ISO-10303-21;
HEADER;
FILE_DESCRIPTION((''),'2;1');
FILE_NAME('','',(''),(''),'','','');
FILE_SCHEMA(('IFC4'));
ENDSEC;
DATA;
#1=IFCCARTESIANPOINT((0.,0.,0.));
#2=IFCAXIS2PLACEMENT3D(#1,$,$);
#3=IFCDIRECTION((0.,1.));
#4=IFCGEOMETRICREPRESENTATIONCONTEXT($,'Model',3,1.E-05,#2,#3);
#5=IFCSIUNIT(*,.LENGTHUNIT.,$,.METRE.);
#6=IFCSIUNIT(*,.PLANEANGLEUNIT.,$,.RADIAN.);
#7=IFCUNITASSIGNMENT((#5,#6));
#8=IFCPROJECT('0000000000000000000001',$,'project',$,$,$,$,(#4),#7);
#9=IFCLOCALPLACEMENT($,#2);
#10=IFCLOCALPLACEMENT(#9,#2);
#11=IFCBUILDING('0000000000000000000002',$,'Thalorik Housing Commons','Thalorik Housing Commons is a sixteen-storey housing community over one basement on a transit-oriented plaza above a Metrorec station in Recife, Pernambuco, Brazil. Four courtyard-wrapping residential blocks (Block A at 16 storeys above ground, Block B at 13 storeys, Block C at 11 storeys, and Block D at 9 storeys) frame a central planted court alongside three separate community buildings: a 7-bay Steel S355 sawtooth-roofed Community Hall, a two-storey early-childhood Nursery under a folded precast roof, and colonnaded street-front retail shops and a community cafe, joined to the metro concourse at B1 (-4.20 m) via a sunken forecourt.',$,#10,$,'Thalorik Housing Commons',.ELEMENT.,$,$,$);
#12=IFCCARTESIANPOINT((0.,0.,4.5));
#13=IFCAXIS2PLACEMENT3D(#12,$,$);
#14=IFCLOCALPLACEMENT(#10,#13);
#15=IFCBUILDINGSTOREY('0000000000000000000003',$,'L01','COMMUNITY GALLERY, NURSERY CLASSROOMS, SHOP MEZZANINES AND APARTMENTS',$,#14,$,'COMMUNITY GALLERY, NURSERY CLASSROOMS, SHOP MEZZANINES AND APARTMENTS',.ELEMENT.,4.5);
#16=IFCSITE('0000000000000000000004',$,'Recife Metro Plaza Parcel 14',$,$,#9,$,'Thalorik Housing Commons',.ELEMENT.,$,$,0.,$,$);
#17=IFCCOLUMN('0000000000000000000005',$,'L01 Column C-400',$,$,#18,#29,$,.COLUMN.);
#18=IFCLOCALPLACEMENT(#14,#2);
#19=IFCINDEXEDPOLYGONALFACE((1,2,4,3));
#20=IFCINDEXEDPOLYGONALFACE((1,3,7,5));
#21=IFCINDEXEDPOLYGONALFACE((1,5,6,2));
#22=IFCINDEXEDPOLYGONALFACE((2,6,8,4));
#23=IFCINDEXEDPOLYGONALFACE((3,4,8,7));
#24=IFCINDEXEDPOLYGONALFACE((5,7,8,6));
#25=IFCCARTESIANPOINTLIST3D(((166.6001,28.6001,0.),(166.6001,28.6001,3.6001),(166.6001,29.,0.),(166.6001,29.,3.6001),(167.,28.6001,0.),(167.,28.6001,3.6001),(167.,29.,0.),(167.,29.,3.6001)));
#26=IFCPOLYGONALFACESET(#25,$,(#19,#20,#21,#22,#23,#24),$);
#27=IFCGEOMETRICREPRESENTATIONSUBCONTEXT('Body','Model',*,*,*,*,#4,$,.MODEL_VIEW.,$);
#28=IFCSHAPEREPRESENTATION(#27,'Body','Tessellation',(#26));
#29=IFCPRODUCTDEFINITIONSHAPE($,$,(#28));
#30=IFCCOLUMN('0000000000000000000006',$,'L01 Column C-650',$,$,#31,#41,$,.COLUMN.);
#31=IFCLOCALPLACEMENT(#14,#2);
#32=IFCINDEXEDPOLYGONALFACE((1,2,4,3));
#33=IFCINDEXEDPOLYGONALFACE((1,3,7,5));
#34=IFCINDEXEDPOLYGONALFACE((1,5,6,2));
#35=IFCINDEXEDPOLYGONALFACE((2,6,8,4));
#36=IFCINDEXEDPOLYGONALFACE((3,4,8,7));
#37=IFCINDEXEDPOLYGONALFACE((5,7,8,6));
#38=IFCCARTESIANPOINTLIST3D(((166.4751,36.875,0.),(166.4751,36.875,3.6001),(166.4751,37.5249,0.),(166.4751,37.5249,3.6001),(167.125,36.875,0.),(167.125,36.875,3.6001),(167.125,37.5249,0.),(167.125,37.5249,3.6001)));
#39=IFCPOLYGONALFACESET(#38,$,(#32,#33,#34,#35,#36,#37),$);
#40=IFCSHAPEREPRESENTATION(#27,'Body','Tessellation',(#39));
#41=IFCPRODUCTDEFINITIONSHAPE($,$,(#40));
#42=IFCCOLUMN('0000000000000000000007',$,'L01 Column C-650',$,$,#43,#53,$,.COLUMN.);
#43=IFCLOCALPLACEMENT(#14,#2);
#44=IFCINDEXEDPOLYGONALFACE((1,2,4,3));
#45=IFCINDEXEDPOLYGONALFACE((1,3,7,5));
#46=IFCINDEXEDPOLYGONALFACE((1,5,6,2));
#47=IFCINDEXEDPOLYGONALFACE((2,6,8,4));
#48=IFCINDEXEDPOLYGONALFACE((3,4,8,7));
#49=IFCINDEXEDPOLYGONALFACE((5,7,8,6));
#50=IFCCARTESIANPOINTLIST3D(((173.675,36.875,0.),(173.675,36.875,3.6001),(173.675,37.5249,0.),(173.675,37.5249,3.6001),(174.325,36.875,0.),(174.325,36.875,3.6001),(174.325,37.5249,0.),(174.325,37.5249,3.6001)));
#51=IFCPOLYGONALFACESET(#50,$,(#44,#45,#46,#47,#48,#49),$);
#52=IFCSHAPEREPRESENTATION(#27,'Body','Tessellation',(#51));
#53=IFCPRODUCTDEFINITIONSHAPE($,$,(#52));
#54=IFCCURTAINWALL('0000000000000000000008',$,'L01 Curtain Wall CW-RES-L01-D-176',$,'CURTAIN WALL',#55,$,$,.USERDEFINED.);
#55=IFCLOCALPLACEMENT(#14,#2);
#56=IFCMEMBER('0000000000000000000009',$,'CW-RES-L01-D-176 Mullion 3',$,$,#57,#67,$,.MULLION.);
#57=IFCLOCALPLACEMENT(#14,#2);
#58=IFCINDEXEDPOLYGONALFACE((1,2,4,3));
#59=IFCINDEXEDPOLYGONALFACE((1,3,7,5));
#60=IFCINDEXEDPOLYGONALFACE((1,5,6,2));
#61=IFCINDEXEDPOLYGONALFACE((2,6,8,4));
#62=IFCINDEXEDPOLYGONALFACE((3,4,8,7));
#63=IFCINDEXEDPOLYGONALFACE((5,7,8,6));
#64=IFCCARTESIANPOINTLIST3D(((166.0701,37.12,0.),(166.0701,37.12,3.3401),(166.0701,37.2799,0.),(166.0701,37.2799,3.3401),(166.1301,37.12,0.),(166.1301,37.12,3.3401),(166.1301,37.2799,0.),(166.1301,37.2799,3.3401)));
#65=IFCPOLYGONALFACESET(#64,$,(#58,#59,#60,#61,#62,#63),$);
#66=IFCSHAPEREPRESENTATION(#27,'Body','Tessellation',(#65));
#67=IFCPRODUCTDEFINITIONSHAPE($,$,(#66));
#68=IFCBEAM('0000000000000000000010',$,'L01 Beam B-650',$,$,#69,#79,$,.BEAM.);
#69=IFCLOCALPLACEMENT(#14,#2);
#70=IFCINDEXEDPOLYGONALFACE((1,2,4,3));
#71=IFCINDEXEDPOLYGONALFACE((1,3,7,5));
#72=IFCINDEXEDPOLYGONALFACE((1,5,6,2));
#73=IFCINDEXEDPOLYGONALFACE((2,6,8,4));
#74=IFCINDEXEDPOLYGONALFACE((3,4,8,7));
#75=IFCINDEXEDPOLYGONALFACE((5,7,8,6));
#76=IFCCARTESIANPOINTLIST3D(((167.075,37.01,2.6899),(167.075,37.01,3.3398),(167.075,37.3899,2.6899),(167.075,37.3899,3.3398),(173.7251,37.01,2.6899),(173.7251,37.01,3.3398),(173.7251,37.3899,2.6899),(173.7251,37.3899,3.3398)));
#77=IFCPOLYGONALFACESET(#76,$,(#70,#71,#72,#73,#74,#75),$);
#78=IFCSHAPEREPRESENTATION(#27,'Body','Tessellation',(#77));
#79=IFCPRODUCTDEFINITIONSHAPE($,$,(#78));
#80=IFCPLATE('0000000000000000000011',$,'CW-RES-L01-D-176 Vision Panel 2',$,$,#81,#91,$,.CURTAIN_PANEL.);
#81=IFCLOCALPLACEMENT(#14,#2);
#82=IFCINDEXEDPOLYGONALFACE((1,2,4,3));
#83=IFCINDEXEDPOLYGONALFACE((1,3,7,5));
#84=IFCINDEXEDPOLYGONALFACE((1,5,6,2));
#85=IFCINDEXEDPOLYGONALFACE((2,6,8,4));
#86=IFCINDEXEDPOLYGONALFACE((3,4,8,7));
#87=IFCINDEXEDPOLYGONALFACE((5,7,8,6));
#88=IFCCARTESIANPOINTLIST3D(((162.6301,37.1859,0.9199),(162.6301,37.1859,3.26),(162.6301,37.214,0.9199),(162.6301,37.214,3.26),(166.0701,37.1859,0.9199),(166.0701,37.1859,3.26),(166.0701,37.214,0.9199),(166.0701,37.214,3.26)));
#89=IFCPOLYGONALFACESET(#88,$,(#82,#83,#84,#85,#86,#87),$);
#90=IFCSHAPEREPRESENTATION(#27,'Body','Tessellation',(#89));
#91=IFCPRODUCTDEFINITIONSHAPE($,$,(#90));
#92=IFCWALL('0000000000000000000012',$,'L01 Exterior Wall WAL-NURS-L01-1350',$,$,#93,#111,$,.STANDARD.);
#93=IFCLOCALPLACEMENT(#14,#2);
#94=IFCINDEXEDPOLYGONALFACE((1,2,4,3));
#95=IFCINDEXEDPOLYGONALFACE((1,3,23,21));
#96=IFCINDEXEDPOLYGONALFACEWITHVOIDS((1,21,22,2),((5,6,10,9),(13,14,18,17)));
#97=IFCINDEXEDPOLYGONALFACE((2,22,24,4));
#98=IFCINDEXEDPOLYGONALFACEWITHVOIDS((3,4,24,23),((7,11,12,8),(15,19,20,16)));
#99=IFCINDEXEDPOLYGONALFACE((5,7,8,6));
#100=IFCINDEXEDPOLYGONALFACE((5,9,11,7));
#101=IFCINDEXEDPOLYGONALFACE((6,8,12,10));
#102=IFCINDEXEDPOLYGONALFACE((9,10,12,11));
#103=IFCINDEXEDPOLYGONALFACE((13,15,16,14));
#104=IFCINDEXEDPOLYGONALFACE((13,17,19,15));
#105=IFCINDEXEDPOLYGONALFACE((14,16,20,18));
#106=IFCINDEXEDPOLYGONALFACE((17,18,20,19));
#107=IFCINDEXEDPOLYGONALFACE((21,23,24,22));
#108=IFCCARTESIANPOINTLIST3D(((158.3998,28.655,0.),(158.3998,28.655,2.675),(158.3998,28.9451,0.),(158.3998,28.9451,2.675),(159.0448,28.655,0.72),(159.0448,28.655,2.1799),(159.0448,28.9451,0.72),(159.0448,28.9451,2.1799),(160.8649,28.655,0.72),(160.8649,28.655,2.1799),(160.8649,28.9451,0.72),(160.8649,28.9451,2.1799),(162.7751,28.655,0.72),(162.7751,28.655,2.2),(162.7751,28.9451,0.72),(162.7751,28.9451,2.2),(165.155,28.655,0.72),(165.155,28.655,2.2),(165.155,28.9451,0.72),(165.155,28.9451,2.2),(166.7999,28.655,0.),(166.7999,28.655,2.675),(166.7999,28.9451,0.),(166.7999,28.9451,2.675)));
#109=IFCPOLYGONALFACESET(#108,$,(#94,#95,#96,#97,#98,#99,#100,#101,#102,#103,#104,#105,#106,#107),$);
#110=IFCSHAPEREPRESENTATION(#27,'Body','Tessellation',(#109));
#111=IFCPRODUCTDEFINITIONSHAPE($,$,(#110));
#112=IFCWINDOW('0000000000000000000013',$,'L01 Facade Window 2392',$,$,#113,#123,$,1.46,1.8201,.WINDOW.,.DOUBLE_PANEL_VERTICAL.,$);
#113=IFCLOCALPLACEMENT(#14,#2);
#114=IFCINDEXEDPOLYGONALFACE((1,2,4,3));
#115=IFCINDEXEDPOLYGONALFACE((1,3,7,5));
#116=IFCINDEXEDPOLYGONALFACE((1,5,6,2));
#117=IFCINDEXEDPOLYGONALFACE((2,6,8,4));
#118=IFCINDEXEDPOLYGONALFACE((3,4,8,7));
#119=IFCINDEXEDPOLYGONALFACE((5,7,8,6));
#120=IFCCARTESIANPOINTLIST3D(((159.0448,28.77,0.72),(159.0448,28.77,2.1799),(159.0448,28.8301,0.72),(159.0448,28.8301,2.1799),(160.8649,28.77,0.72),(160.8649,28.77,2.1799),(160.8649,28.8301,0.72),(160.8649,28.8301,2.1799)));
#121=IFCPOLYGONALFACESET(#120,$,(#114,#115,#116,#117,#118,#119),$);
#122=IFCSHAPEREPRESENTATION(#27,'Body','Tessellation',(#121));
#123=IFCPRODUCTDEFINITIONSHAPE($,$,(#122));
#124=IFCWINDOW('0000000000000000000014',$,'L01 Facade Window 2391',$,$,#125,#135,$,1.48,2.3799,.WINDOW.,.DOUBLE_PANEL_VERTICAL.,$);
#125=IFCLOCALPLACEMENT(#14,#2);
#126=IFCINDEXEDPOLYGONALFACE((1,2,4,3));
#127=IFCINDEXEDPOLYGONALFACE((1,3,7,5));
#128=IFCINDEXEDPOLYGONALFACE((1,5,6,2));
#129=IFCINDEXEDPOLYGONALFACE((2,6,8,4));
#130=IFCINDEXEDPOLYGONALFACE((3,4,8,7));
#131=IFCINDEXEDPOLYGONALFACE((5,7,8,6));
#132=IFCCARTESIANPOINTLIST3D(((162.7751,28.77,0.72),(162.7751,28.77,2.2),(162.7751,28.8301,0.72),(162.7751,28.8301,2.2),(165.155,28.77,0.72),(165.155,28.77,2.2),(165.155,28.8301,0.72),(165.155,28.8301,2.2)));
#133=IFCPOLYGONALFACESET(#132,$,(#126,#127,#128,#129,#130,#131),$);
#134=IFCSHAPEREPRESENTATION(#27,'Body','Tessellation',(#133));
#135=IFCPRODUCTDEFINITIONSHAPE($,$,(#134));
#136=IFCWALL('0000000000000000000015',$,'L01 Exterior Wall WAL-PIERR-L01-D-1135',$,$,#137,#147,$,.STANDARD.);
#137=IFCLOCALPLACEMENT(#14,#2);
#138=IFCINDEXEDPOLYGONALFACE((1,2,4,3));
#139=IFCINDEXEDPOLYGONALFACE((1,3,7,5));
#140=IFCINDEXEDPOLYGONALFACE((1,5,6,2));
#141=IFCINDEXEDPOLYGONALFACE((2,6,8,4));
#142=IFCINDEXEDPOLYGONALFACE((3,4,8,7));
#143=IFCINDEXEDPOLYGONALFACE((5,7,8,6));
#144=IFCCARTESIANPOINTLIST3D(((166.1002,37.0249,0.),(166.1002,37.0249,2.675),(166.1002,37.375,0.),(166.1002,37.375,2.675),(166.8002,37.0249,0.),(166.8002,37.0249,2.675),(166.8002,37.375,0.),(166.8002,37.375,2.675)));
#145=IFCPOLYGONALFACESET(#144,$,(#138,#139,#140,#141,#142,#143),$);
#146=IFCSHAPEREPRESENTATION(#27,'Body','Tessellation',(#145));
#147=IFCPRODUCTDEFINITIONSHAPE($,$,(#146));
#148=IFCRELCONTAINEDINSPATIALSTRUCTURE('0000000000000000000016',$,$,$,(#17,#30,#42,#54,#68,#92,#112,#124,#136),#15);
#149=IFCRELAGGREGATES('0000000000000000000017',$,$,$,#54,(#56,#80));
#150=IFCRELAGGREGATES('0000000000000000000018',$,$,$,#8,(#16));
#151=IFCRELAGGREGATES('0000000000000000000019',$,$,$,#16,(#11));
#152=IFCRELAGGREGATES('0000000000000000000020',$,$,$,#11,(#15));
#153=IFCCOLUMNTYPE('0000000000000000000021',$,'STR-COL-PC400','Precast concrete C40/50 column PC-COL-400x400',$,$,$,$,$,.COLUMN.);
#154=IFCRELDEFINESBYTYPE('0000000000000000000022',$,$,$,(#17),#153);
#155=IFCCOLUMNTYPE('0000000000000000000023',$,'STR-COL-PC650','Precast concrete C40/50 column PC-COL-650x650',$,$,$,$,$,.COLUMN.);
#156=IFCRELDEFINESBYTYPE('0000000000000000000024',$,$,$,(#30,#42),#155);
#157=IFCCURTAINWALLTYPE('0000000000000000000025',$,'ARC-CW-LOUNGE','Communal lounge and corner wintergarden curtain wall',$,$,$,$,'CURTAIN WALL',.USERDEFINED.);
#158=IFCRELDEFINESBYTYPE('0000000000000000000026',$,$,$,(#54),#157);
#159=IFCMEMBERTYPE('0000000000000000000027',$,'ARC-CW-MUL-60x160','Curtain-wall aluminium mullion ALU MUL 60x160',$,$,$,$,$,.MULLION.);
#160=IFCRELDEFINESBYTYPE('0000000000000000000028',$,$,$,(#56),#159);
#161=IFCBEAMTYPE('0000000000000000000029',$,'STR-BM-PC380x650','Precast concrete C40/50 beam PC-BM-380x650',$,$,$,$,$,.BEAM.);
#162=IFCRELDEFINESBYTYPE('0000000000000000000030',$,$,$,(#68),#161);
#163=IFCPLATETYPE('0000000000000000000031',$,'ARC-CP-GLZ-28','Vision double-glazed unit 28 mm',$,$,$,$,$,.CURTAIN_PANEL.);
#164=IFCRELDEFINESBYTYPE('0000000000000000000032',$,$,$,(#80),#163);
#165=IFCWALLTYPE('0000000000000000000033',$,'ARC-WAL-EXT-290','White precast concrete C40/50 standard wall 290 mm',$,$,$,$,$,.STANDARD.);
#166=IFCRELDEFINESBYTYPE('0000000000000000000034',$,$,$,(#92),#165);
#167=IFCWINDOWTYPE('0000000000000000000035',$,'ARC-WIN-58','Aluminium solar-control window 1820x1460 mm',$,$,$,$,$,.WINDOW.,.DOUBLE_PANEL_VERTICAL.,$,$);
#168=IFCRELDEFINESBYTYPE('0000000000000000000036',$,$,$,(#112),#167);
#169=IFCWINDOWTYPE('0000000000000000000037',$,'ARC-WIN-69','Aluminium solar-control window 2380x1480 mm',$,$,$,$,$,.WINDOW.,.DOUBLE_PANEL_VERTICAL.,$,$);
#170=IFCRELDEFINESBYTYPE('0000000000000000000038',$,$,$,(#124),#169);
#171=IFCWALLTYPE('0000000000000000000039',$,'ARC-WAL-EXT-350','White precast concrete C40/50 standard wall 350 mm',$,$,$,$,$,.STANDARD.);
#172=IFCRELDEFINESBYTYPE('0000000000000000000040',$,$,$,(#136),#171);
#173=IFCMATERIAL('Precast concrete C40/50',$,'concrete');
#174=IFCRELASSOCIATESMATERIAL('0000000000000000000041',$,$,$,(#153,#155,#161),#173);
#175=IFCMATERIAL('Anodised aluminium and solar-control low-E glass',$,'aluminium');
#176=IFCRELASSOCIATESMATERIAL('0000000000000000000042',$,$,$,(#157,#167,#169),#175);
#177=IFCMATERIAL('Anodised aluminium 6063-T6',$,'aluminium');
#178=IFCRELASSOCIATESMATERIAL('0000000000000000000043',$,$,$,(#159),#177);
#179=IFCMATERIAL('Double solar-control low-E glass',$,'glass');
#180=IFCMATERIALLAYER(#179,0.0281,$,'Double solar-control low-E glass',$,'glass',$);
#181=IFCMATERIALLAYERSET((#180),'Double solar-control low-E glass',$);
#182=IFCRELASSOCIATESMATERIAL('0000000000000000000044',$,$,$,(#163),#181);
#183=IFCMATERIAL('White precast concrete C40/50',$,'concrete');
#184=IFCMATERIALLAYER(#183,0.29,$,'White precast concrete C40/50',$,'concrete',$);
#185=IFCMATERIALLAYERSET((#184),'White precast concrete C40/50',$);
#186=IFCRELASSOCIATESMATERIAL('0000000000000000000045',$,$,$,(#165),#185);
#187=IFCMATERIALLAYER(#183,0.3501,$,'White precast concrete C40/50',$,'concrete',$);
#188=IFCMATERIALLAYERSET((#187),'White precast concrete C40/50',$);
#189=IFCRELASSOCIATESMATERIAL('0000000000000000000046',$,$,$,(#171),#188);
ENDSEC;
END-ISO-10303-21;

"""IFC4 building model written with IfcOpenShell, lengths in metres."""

from ifc_helpers import new_model, si_unit, direction, frame, frame_2d, origin, origin_2d, place, context, subcontext, project, spatial, rectangle, extrude, material, layer, layer_set, material_profile, profile_set, type_object, element, fill, aggregate, save


model = new_model("IFC4")

# Units and contexts
model_context = context("Model", 3, precision=1e-05, world=origin(), true_north=direction((0.0, 1.0)))
body_context = subcontext(model_context, "Body", "Model", "MODEL_VIEW")
ifc_project = project(units=[si_unit("LENGTHUNIT", "METRE"), si_unit("PLANEANGLEUNIT", "RADIAN")], contexts=[model_context])

# Site, building, storey
site_placement = place(None, origin())
site = spatial("IfcSite", under=ifc_project, at=site_placement, Name="Recife Metro Plaza Parcel 14", LongName="Thalorik Housing Commons", CompositionType="ELEMENT", RefElevation=0.0)
building_placement = place(site_placement, origin())
building = spatial("IfcBuilding", under=site, at=building_placement, Name="Thalorik Housing Commons", Description="Thalorik Housing Commons is a sixteen-storey housing community over one basement on a transit-oriented plaza above a Metrorec station in Recife, Pernambuco, Brazil. Four courtyard-wrapping residential blocks (Block A at 16 storeys above ground, Block B at 13 storeys, Block C at 11 storeys, and Block D at 9 storeys) frame a central planted court alongside three separate community buildings: a 7-bay Steel S355 sawtooth-roofed Community Hall, a two-storey early-childhood Nursery under a folded precast roof, and colonnaded street-front retail shops and a community cafe, joined to the metro concourse at B1 (-4.20 m) via a sunken forecourt.", LongName="Thalorik Housing Commons", CompositionType="ELEMENT")
storey_placement = place(building_placement, frame((0.0, 0.0, 4.5)))
storey = spatial("IfcBuildingStorey", under=building, at=storey_placement, Name="L01", Description="COMMUNITY GALLERY, NURSERY CLASSROOMS, SHOP MEZZANINES AND APARTMENTS", LongName="COMMUNITY GALLERY, NURSERY CLASSROOMS, SHOP MEZZANINES AND APARTMENTS", CompositionType="ELEMENT", Elevation=4.5)

# Columns
ifc_material_1 = material(Name="Precast concrete C40/50", Category="concrete")
ifc_material_profile_1 = material_profile(ifc_material_1, rectangle(XDim=0.3999, YDim=0.3999, at=origin_2d()), Name="PC 400x400", Category="concrete")
ifc_profile_set_1 = profile_set([ifc_material_profile_1], Name="Precast concrete C40/50")
column_type_1 = type_object("IfcColumnType", Name="STR-COL-PC400", Description="Precast concrete C40/50 column PC-COL-400x400", PredefinedType="COLUMN", material=ifc_profile_set_1)
column_placement = place(storey_placement, frame((166.8, 28.8, 0.0), z_axis=(0.0, 0.0, 1.0), x_axis=(1.0, 0.0, 0.0)))
element("IfcColumn", 1, at=column_placement, inside=storey, type_object=column_type_1, Name="L01 Column C-400", PredefinedType="COLUMN", context=body_context, shape_type="SweptSolid", body=[
    extrude(rectangle(XDim=0.3999, YDim=0.3999, at=origin_2d()), origin(), (0.0, 0.0, 1.0), 3.6001),
])
ifc_material_profile_2 = material_profile(ifc_material_1, rectangle(XDim=0.6499, YDim=0.6499, at=origin_2d()), Name="PC 650x650", Category="concrete")
ifc_profile_set_2 = profile_set([ifc_material_profile_2], Name="Precast concrete C40/50")
column_type_2 = type_object("IfcColumnType", Name="STR-COL-PC650", Description="Precast concrete C40/50 column PC-COL-650x650", PredefinedType="COLUMN", material=ifc_profile_set_2)
for number, where, z_axis, x_axis, name in (
    (2, (166.8, 37.2, 0.0), (0.0, 0.0, 1.0), (1.0, 0.0, 0.0), "L01 Column C-650"),
    (3, (174.0, 37.2, 0.0), (0.0, 0.0, 1.0), (1.0, 0.0, 0.0), "L01 Column C-650"),
):
    element("IfcColumn", number, at=place(storey_placement, frame(where, z_axis=z_axis, x_axis=x_axis)), inside=storey, type_object=column_type_2, Name=name, PredefinedType="COLUMN", context=body_context, shape_type="SweptSolid", body=[
        extrude(rectangle(XDim=0.6499, YDim=0.6499, at=origin_2d()), origin(), (0.0, 0.0, 1.0), 3.6001),
    ])

# Curtain wall, member
ifc_material_2 = material(Name="Anodised aluminium and solar-control low-E glass", Category="aluminium")
curtain_wall_type = type_object("IfcCurtainWallType", Name="ARC-CW-LOUNGE", Description="Communal lounge and corner wintergarden curtain wall", ElementType="CURTAIN WALL", PredefinedType="USERDEFINED", material=ifc_material_2)
curtain_wall_placement = place(storey_placement, origin())
curtain_wall = element("IfcCurtainWall", 4, at=curtain_wall_placement, inside=storey, type_object=curtain_wall_type, Name="L01 Curtain Wall CW-RES-L01-D-176", ObjectType="CURTAIN WALL", PredefinedType="USERDEFINED")
ifc_material_3 = material(Name="Anodised aluminium 6063-T6", Category="aluminium")
ifc_material_profile_3 = material_profile(ifc_material_3, rectangle(XDim=0.0601, YDim=0.1599, at=origin_2d()), Name="ALU MUL 60x160", Category="aluminium")
ifc_profile_set_3 = profile_set([ifc_material_profile_3], Name="Anodised aluminium 6063-T6")
member_type = type_object("IfcMemberType", Name="ARC-CW-MUL-60x160", Description="Curtain-wall aluminium mullion ALU MUL 60x160", PredefinedType="MULLION", material=ifc_profile_set_3)
member_placement = place(storey_placement, frame((166.1001, 37.2, 0.0), z_axis=(0.0, 0.0, 1.0), x_axis=(1.0, 0.0, 0.0)))
member = element("IfcMember", 5, at=member_placement, type_object=member_type, Name="CW-RES-L01-D-176 Mullion 3", PredefinedType="MULLION", context=body_context, shape_type="SweptSolid", body=[
    extrude(rectangle(XDim=0.0601, YDim=0.1599, at=origin_2d()), origin(), (0.0, 0.0, 1.0), 3.3401),
])

# Beam
ifc_material_profile_4 = material_profile(ifc_material_1, rectangle(XDim=0.3799, YDim=0.6499, at=origin_2d()), Name="PC 380x650", Category="concrete")
ifc_profile_set_4 = profile_set([ifc_material_profile_4], Name="Precast concrete C40/50")
beam_type = type_object("IfcBeamType", Name="STR-BM-PC380x650", Description="Precast concrete C40/50 beam PC-BM-380x650", PredefinedType="BEAM", material=ifc_profile_set_4)
beam_placement = place(storey_placement, frame((167.075, 37.2, 3.0149), z_axis=(1.0, 0.0, 0.0), x_axis=(0.0, 1.0, 0.0)))
element("IfcBeam", 6, at=beam_placement, inside=storey, type_object=beam_type, Name="L01 Beam B-650", PredefinedType="BEAM", context=body_context, shape_type="SweptSolid", body=[
    extrude(rectangle(XDim=0.3799, YDim=0.6499, at=origin_2d()), origin(), (0.0, 0.0, 1.0), 6.6501),
])

# Plate
ifc_material_4 = material(Name="Double solar-control low-E glass", Category="glass")
ifc_layer_1 = layer(ifc_material_4, 0.0281, Name="Double solar-control low-E glass", Category="glass")
ifc_layer_set_1 = layer_set([ifc_layer_1], Name="Double solar-control low-E glass")
plate_type = type_object("IfcPlateType", Name="ARC-CP-GLZ-28", Description="Vision double-glazed unit 28 mm", PredefinedType="CURTAIN_PANEL", material=ifc_layer_set_1)
plate_placement = place(storey_placement, frame((164.3501, 37.2, 0.9199), z_axis=(0.0, 0.0, 1.0), x_axis=(1.0, 0.0, 0.0)))
plate = element("IfcPlate", 7, at=plate_placement, type_object=plate_type, Name="CW-RES-L01-D-176 Vision Panel 2", PredefinedType="CURTAIN_PANEL", context=body_context, shape_type="SweptSolid", body=[
    extrude(rectangle(XDim=3.4399, YDim=0.0281, at=origin_2d()), origin(), (0.0, 0.0, 1.0), 2.3401),
])
aggregate(curtain_wall, [member, plate])

# Wall, openings, windows
ifc_material_5 = material(Name="White precast concrete C40/50", Category="concrete")
ifc_layer_2 = layer(ifc_material_5, 0.29, Name="White precast concrete C40/50", Category="concrete")
ifc_layer_set_2 = layer_set([ifc_layer_2], Name="White precast concrete C40/50")
wall_type_1 = type_object("IfcWallType", Name="ARC-WAL-EXT-290", Description="White precast concrete C40/50 standard wall 290 mm", PredefinedType="STANDARD", material=ifc_layer_set_2)
wall_1_placement = place(storey_placement, frame((166.8, 28.8, 0.0), z_axis=(0.0, 0.0, 1.0), x_axis=(-1.0, 0.0, 0.0)))
wall_1 = element("IfcWall", 8, at=wall_1_placement, inside=storey, type_object=wall_type_1, Name="L01 Exterior Wall WAL-NURS-L01-1350", PredefinedType="STANDARD", context=body_context, shape_type="SweptSolid", body=[
    extrude(rectangle(XDim=8.4001, YDim=0.29, at=frame_2d((4.2002, 0.0))), origin(), (0.0, 0.0, 1.0), 2.675),
])
opening_1_placement = place(wall_1_placement, frame((1.645, 0.0, 0.72)))
opening_1 = element("IfcOpeningElement", 9, at=opening_1_placement, cuts=wall_1, PredefinedType="OPENING", context=body_context, shape_type="SweptSolid", body=[
    extrude(rectangle(XDim=2.3799, YDim=1.48, at=frame_2d((1.1899, 0.74))), frame((0.0, 0.155, 0.0), z_axis=(0.0, -1.0, 0.0), x_axis=(1.0, 0.0, 0.0)), (0.0, 0.0, 1.0), 0.3101),
])
opening_2_placement = place(wall_1_placement, frame((5.9351, 0.0, 0.72)))
opening_2 = element("IfcOpeningElement", 10, at=opening_2_placement, cuts=wall_1, PredefinedType="OPENING", context=body_context, shape_type="SweptSolid", body=[
    extrude(rectangle(XDim=1.8201, YDim=1.46, at=frame_2d((0.9102, 0.73))), frame((0.0, 0.155, 0.0), z_axis=(0.0, -1.0, 0.0), x_axis=(1.0, 0.0, 0.0)), (0.0, 0.0, 1.0), 0.3101),
])
window_type_1 = type_object("IfcWindowType", Name="ARC-WIN-58", Description="Aluminium solar-control window 1820x1460 mm", PartitioningType="DOUBLE_PANEL_VERTICAL", PredefinedType="WINDOW", material=ifc_material_2)
window_1_placement = place(opening_2_placement, origin())
window_1 = element("IfcWindow", 11, at=window_1_placement, inside=storey, type_object=window_type_1, Name="L01 Facade Window 2392", OverallHeight=1.46, OverallWidth=1.8201, PartitioningType="DOUBLE_PANEL_VERTICAL", PredefinedType="WINDOW", context=body_context, shape_type="SweptSolid", body=[
    extrude(rectangle(XDim=1.8201, YDim=1.46, at=frame_2d((0.9102, 0.73))), frame((0.0, 0.03, 0.0), z_axis=(0.0, -1.0, 0.0), x_axis=(1.0, 0.0, 0.0)), (0.0, 0.0, 1.0), 0.0601),
])
fill(opening_2, window_1)
window_type_2 = type_object("IfcWindowType", Name="ARC-WIN-69", Description="Aluminium solar-control window 2380x1480 mm", PartitioningType="DOUBLE_PANEL_VERTICAL", PredefinedType="WINDOW", material=ifc_material_2)
window_2_placement = place(opening_1_placement, origin())
window_2 = element("IfcWindow", 12, at=window_2_placement, inside=storey, type_object=window_type_2, Name="L01 Facade Window 2391", OverallHeight=1.48, OverallWidth=2.3799, PartitioningType="DOUBLE_PANEL_VERTICAL", PredefinedType="WINDOW", context=body_context, shape_type="SweptSolid", body=[
    extrude(rectangle(XDim=2.3799, YDim=1.48, at=frame_2d((1.1899, 0.74))), frame((0.0, 0.03, 0.0), z_axis=(0.0, -1.0, 0.0), x_axis=(1.0, 0.0, 0.0)), (0.0, 0.0, 1.0), 0.0601),
])
fill(opening_1, window_2)

# Wall
ifc_layer_3 = layer(ifc_material_5, 0.3501, Name="White precast concrete C40/50", Category="concrete")
ifc_layer_set_3 = layer_set([ifc_layer_3], Name="White precast concrete C40/50")
wall_type_2 = type_object("IfcWallType", Name="ARC-WAL-EXT-350", Description="White precast concrete C40/50 standard wall 350 mm", PredefinedType="STANDARD", material=ifc_layer_set_3)
wall_2_placement = place(storey_placement, frame((166.1001, 37.2, 0.0), z_axis=(0.0, 0.0, 1.0), x_axis=(1.0, 0.0, 0.0)))
element("IfcWall", 13, at=wall_2_placement, inside=storey, type_object=wall_type_2, Name="L01 Exterior Wall WAL-PIERR-L01-D-1135", PredefinedType="STANDARD", context=body_context, shape_type="SweptSolid", body=[
    extrude(rectangle(XDim=0.7, YDim=0.3501, at=frame_2d((0.3501, 0.0))), origin(), (0.0, 0.0, 1.0), 2.675),
])

save(model, "model.ifc")
